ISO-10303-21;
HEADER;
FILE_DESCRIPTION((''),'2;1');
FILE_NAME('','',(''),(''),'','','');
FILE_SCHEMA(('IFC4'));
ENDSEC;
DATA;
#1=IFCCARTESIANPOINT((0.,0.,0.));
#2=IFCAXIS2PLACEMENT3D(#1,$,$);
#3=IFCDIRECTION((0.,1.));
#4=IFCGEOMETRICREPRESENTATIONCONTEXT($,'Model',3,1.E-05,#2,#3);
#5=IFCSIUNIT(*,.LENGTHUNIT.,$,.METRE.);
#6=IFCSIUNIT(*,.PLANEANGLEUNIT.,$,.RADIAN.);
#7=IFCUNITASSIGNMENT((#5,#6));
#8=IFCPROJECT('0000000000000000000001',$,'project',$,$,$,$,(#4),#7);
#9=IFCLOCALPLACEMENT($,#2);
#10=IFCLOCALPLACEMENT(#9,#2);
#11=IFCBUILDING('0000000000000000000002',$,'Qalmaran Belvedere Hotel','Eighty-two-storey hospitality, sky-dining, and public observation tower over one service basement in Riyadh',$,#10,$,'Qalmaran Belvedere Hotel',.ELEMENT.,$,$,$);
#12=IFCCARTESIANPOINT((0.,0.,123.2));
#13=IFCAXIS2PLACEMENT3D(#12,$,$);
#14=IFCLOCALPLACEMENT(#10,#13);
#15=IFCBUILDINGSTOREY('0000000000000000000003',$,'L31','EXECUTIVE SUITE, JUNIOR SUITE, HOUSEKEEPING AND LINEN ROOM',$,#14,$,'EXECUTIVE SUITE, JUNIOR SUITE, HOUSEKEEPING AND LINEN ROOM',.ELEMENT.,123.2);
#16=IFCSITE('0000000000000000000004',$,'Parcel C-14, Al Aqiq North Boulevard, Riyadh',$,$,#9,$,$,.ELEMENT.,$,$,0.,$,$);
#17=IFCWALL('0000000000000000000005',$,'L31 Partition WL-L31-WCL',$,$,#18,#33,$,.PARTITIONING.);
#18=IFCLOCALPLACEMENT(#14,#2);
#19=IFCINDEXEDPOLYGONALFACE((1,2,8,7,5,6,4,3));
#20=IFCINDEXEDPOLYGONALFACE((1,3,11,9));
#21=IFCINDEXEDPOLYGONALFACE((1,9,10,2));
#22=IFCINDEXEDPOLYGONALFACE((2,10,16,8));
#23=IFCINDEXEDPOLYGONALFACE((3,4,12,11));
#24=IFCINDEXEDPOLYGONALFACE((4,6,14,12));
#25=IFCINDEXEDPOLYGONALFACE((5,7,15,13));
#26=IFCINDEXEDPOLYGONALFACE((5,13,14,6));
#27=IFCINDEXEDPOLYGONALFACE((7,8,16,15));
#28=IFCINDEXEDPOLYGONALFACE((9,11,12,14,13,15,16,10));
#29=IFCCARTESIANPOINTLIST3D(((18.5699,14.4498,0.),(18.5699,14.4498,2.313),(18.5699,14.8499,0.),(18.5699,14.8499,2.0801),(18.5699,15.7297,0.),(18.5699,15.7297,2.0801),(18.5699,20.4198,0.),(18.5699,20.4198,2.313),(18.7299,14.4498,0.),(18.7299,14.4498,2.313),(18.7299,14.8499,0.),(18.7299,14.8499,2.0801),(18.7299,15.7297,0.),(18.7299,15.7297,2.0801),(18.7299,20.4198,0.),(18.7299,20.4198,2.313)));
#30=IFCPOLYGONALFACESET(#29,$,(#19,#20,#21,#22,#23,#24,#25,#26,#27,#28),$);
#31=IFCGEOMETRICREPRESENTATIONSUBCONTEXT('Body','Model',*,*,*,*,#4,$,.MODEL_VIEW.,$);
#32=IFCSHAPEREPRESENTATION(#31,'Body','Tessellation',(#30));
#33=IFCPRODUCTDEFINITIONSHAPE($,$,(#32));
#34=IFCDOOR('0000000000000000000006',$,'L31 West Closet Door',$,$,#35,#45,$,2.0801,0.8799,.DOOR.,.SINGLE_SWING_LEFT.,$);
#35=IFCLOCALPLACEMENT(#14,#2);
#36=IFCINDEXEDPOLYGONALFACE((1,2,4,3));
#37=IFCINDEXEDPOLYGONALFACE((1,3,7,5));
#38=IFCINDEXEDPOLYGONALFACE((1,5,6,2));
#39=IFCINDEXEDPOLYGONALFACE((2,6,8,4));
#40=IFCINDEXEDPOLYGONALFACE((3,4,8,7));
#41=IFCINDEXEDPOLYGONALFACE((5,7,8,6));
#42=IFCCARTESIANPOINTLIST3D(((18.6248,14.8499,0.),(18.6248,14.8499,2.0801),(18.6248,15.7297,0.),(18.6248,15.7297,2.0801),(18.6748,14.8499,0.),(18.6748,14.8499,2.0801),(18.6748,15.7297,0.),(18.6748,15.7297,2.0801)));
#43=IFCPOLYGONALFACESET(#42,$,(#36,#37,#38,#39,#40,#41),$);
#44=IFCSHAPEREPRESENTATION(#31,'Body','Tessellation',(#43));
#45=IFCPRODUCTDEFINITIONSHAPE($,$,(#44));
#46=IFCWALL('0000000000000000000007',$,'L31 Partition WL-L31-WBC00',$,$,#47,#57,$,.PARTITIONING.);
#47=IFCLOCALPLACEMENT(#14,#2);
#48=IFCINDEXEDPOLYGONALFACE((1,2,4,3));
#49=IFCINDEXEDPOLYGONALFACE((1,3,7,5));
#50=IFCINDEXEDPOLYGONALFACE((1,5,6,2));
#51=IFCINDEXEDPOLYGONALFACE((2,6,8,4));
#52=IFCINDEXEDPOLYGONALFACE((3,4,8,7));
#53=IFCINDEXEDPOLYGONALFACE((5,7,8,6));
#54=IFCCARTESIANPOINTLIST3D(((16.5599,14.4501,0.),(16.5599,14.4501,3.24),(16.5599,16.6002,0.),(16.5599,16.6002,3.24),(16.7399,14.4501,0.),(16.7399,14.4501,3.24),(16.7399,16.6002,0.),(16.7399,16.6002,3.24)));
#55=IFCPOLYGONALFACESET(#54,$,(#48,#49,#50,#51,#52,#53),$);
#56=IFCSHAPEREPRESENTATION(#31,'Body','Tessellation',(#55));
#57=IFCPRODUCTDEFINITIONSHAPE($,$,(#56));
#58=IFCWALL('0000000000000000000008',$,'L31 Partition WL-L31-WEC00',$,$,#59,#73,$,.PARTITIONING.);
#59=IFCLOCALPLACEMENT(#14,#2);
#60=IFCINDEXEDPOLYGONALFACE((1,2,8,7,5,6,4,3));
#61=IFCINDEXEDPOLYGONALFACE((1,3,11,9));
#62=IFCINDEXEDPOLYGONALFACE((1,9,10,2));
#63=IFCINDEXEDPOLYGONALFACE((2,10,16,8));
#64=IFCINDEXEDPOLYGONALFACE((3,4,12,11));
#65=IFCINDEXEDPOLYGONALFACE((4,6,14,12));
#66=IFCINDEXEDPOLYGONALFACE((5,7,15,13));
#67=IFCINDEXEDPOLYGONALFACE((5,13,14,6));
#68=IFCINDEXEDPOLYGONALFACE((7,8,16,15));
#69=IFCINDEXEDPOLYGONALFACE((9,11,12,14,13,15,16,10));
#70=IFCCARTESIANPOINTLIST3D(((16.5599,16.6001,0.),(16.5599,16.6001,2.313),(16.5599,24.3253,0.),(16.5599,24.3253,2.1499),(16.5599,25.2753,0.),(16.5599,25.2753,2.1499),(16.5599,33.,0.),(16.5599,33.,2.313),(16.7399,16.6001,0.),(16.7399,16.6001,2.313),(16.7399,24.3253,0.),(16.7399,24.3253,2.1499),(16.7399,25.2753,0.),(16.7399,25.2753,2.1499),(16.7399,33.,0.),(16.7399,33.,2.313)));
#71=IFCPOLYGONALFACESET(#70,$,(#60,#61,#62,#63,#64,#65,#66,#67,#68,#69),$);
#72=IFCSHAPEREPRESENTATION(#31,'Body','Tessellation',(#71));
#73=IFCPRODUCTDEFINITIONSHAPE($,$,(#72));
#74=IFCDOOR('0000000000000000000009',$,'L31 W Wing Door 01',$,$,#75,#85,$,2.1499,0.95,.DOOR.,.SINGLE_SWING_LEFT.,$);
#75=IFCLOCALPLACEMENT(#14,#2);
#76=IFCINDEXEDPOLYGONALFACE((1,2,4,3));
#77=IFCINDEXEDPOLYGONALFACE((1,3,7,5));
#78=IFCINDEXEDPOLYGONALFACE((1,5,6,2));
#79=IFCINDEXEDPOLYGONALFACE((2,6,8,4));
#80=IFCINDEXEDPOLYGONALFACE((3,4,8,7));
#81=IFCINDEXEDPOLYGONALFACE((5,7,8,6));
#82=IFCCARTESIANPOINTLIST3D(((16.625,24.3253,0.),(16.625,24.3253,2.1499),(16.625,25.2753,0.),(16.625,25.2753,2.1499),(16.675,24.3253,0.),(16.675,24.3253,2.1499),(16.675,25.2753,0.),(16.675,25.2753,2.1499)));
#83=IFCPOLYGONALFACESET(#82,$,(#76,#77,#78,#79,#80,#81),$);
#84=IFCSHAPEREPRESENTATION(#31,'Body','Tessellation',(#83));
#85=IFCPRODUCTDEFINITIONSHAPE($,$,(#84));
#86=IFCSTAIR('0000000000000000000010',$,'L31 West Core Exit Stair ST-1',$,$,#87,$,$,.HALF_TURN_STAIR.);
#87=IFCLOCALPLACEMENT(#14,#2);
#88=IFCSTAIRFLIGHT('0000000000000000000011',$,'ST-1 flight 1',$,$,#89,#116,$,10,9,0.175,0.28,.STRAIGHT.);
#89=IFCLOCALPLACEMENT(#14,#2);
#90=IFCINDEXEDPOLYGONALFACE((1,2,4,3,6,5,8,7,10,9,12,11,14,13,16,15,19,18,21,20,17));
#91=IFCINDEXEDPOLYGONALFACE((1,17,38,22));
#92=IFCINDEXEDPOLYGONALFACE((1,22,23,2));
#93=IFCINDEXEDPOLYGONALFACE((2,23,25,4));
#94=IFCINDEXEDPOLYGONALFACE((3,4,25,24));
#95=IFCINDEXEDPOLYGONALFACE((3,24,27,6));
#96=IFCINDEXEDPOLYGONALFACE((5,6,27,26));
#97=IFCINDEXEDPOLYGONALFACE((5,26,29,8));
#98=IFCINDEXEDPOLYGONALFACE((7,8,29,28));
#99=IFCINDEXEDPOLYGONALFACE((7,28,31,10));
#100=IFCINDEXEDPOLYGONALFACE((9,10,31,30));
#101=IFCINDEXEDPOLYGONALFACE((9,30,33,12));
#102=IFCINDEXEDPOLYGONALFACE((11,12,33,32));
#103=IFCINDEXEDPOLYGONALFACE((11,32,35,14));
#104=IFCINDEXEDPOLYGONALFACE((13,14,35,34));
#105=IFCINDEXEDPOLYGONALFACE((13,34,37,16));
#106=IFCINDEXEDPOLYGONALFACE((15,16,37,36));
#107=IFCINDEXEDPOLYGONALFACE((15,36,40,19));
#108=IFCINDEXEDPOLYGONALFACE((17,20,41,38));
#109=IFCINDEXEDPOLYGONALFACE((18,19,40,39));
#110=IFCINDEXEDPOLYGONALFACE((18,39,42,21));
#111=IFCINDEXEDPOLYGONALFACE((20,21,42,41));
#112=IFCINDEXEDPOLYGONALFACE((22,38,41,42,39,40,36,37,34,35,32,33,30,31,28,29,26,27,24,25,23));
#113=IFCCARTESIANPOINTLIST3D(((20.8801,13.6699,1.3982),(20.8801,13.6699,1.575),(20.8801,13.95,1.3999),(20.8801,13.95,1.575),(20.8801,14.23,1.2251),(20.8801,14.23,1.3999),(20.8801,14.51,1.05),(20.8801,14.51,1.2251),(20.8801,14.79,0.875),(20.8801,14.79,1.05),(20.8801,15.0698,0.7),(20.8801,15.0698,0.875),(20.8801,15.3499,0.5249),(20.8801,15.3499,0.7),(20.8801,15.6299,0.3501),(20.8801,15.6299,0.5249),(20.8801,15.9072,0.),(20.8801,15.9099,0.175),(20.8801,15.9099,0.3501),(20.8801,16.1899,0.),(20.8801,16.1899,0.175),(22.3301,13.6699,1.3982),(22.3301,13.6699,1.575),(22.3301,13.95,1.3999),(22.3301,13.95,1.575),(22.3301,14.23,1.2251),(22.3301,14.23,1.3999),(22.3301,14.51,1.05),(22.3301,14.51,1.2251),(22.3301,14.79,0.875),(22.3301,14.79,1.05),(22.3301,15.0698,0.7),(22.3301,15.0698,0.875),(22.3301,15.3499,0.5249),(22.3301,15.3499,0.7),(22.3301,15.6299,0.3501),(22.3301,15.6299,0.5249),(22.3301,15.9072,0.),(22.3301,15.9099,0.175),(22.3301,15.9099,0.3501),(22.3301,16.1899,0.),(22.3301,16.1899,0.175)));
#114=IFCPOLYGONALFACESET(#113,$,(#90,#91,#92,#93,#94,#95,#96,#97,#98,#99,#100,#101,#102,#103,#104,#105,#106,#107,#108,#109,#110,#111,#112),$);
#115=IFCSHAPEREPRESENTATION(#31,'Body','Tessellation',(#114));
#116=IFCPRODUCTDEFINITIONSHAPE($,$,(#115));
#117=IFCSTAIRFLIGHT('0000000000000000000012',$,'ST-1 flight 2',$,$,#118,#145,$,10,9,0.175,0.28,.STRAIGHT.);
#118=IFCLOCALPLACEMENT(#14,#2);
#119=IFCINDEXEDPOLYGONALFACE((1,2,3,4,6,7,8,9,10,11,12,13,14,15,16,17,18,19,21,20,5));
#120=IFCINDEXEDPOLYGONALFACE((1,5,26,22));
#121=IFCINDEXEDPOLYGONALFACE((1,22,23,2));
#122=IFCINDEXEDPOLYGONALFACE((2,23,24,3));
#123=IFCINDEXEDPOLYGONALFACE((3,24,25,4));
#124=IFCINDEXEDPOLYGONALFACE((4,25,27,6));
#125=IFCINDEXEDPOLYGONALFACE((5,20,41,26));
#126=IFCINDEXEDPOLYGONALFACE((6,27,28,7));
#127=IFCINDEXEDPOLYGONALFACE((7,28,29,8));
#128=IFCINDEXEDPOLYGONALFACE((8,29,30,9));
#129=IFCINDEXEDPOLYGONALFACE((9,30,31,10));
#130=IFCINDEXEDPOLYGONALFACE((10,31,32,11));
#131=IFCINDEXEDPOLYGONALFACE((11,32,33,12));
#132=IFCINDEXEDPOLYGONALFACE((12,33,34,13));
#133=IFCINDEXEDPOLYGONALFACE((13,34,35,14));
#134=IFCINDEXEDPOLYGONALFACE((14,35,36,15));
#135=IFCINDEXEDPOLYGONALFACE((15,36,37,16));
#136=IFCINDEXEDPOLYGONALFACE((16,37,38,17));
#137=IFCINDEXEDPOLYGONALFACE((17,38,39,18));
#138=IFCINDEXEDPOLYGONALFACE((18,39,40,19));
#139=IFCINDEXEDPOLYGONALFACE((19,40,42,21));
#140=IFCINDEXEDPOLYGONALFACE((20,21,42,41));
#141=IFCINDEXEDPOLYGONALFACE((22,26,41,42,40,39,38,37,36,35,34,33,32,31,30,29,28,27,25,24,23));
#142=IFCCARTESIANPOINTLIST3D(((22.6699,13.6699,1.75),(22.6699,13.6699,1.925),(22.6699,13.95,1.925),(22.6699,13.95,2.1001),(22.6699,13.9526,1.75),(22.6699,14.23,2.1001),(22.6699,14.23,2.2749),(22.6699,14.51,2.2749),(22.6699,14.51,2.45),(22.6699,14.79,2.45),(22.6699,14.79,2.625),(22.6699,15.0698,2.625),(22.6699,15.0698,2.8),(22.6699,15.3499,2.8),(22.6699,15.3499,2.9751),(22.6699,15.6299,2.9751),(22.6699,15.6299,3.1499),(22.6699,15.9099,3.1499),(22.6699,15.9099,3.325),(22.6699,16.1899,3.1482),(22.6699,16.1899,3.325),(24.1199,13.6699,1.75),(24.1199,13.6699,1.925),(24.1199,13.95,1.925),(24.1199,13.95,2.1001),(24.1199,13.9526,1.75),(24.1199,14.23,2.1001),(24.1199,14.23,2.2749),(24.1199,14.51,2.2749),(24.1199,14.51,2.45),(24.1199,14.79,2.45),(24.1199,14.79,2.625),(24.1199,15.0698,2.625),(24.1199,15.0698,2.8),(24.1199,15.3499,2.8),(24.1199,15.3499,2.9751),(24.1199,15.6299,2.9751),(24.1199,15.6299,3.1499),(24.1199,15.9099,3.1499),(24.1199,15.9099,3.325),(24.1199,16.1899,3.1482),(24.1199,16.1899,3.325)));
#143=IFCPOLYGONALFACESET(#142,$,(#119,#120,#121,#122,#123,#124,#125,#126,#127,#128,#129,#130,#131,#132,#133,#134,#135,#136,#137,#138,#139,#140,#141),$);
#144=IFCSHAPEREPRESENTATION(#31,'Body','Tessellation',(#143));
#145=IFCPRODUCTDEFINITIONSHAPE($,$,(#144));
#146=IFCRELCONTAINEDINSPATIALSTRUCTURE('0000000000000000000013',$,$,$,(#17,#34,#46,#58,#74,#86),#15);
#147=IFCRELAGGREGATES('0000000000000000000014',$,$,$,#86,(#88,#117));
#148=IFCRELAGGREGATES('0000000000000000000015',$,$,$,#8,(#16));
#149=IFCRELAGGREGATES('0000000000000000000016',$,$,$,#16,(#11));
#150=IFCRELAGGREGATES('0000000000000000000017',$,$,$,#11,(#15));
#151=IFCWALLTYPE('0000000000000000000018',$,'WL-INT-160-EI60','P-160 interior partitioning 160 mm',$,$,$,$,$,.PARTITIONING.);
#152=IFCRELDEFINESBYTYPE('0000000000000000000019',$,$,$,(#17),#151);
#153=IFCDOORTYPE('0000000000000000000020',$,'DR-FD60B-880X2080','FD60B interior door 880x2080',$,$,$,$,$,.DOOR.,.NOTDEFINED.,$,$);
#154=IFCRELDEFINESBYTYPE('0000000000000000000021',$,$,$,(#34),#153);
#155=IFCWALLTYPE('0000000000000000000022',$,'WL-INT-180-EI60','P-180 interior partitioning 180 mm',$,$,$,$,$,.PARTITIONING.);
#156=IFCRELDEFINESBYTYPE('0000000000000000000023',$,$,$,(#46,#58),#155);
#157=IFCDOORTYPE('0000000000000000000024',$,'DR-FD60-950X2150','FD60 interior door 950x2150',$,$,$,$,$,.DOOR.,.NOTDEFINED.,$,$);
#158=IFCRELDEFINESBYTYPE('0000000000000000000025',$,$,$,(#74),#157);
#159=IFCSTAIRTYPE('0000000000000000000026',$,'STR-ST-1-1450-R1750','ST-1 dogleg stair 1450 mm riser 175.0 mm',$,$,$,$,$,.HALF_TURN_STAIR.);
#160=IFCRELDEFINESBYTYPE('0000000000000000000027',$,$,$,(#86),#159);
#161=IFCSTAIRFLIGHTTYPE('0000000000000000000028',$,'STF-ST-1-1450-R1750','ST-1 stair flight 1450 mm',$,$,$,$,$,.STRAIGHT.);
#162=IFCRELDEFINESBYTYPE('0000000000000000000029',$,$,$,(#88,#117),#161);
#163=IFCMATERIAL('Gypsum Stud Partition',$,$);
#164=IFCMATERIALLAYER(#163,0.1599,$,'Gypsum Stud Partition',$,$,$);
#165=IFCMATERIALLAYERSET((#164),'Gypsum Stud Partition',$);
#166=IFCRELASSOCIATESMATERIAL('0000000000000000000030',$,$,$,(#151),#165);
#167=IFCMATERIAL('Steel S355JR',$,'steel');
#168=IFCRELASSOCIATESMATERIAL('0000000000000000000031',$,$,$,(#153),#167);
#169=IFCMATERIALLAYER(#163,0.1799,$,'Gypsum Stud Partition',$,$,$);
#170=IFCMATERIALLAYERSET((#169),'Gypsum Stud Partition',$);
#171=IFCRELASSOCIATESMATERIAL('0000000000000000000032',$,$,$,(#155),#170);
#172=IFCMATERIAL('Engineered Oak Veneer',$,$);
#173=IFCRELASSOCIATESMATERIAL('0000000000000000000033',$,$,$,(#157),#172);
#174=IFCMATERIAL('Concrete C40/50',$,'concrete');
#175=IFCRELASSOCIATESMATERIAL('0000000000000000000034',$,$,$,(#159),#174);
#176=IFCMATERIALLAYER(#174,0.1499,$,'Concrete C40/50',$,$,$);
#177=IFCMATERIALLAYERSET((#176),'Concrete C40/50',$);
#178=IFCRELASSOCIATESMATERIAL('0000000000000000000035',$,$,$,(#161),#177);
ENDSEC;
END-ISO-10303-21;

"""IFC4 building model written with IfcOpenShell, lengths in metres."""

from ifc_helpers import new_model, si_unit, direction, frame, frame_2d, origin, place, context, subcontext, project, spatial, polyline, rectangle, outline, extrude, material, layer, layer_set, type_object, element, fill, aggregate, save


model = new_model("IFC4")

# Units and contexts
model_context = context("Model", 3, precision=1e-05, world=origin(), true_north=direction((0.0, 1.0)))
body_context = subcontext(model_context, "Body", "Model", "MODEL_VIEW")
ifc_project = project(units=[si_unit("LENGTHUNIT", "METRE"), si_unit("PLANEANGLEUNIT", "RADIAN")], contexts=[model_context])

# Site, building, storey
site_placement = place(None, origin())
site = spatial("IfcSite", under=ifc_project, at=site_placement, Name="Parcel C-14, Al Aqiq North Boulevard, Riyadh", CompositionType="ELEMENT", RefElevation=0.0)
building_placement = place(site_placement, origin())
building = spatial("IfcBuilding", under=site, at=building_placement, Name="Qalmaran Belvedere Hotel", Description="Eighty-two-storey hospitality, sky-dining, and public observation tower over one service basement in Riyadh", LongName="Qalmaran Belvedere Hotel", CompositionType="ELEMENT")
storey_placement = place(building_placement, frame((0.0, 0.0, 123.2)))
storey = spatial("IfcBuildingStorey", under=building, at=storey_placement, Name="L31", Description="EXECUTIVE SUITE, JUNIOR SUITE, HOUSEKEEPING AND LINEN ROOM", LongName="EXECUTIVE SUITE, JUNIOR SUITE, HOUSEKEEPING AND LINEN ROOM", CompositionType="ELEMENT", Elevation=123.2)

# Shared definitions
ifc_material_1 = material(Name="Gypsum Stud Partition")

# Wall, opening, door
ifc_layer_1 = layer(ifc_material_1, 0.1599, Name="Gypsum Stud Partition")
ifc_layer_set_1 = layer_set([ifc_layer_1], Name="Gypsum Stud Partition")
wall_type_1 = type_object("IfcWallType", Name="WL-INT-160-EI60", Description="P-160 interior partitioning 160 mm", PredefinedType="PARTITIONING", material=ifc_layer_set_1)
ifc_material_2 = material(Name="Steel S355JR", Category="steel")
door_type_1 = type_object("IfcDoorType", Name="DR-FD60B-880X2080", Description="FD60B interior door 880x2080", OperationType="NOTDEFINED", PredefinedType="DOOR", material=ifc_material_2)
ifc_material_3 = material(Name="Engineered Oak Veneer")
wall_1_placement = place(storey_placement, frame((18.6499, 14.45, 0.0), z_axis=(0.0, 0.0, 1.0), x_axis=(0.0, 1.0, 0.0)))
wall_1 = element("IfcWall", 1, at=wall_1_placement, inside=storey, type_object=wall_type_1, Name="L31 Partition WL-L31-WCL", PredefinedType="PARTITIONING", context=body_context, shape_type="SweptSolid", body=[
    extrude(rectangle(XDim=5.97, YDim=0.1599, at=frame_2d((2.9849, 0.0))), origin(), (0.0, 0.0, 1.0), 2.313),
])
opening_1_placement = place(wall_1_placement, frame((1.2798, 0.0, 0.0), z_axis=(0.0, 0.0, 1.0), x_axis=(-1.0, 0.0, 0.0)))
opening_1 = element("IfcOpeningElement", 2, at=opening_1_placement, cuts=wall_1, PredefinedType="OPENING", context=body_context, shape_type="SweptSolid", body=[
    extrude(rectangle(XDim=0.8799, YDim=2.0801, at=frame_2d((0.4399, 1.04))), frame((0.0, 0.0898, 0.0), z_axis=(0.0, -1.0, 0.0), x_axis=(1.0, 0.0, 0.0)), (0.0, 0.0, 1.0), 0.1799),
])
door_1_placement = place(opening_1_placement, origin())
door_1 = element("IfcDoor", 3, at=door_1_placement, inside=storey, type_object=door_type_1, Name="L31 West Closet Door", OperationType="SINGLE_SWING_LEFT", OverallHeight=2.0801, OverallWidth=0.8799, PredefinedType="DOOR", context=body_context, shape_type="SweptSolid", body=[
    extrude(rectangle(XDim=0.8799, YDim=2.0801, at=frame_2d((0.4399, 1.04))), frame((0.0, 0.0249, 0.0), z_axis=(0.0, -1.0, 0.0), x_axis=(1.0, 0.0, 0.0)), (0.0, 0.0, 1.0), 0.05),
])
fill(opening_1, door_1)

# Wall
ifc_layer_2 = layer(ifc_material_1, 0.1799, Name="Gypsum Stud Partition")
ifc_layer_set_2 = layer_set([ifc_layer_2], Name="Gypsum Stud Partition")
wall_type_2 = type_object("IfcWallType", Name="WL-INT-180-EI60", Description="P-180 interior partitioning 180 mm", PredefinedType="PARTITIONING", material=ifc_layer_set_2)
wall_2_placement = place(storey_placement, frame((16.6499, 14.45, 0.0), z_axis=(0.0, 0.0, 1.0), x_axis=(0.0, 1.0, 0.0)))
element("IfcWall", 4, at=wall_2_placement, inside=storey, type_object=wall_type_2, Name="L31 Partition WL-L31-WBC00", PredefinedType="PARTITIONING", context=body_context, shape_type="SweptSolid", body=[
    extrude(rectangle(XDim=2.1501, YDim=0.1799, at=frame_2d((1.0752, 0.0))), origin(), (0.0, 0.0, 1.0), 3.24),
])

# Wall, opening, door
wall_3_placement = place(storey_placement, frame((16.6499, 16.6001, 0.0), z_axis=(0.0, 0.0, 1.0), x_axis=(0.0, 1.0, 0.0)))
wall_3 = element("IfcWall", 5, at=wall_3_placement, inside=storey, type_object=wall_type_2, Name="L31 Partition WL-L31-WEC00", PredefinedType="PARTITIONING", context=body_context, shape_type="SweptSolid", body=[
    extrude(rectangle(XDim=16.3999, YDim=0.1799, at=frame_2d((8.2, 0.0))), origin(), (0.0, 0.0, 1.0), 2.313),
])
opening_2_placement = place(wall_3_placement, frame((7.7251, 0.0, 0.0)))
opening_2 = element("IfcOpeningElement", 6, at=opening_2_placement, cuts=wall_3, PredefinedType="OPENING", context=body_context, shape_type="SweptSolid", body=[
    extrude(rectangle(XDim=0.95, YDim=2.1499, at=frame_2d((0.4751, 1.075))), frame((0.0, 0.1001, 0.0), z_axis=(0.0, -1.0, 0.0), x_axis=(1.0, 0.0, 0.0)), (0.0, 0.0, 1.0), 0.2),
])
door_type_2 = type_object("IfcDoorType", Name="DR-FD60-950X2150", Description="FD60 interior door 950x2150", OperationType="NOTDEFINED", PredefinedType="DOOR", material=ifc_material_3)
door_2_placement = place(opening_2_placement, origin())
door_2 = element("IfcDoor", 7, at=door_2_placement, inside=storey, type_object=door_type_2, Name="L31 W Wing Door 01", OperationType="SINGLE_SWING_LEFT", OverallHeight=2.1499, OverallWidth=0.95, PredefinedType="DOOR", context=body_context, shape_type="SweptSolid", body=[
    extrude(rectangle(XDim=0.95, YDim=2.1499, at=frame_2d((0.4751, 1.075))), frame((0.0, 0.0249, 0.0), z_axis=(0.0, -1.0, 0.0), x_axis=(1.0, 0.0, 0.0)), (0.0, 0.0, 1.0), 0.05),
])
fill(opening_2, door_2)

# Stair, stair flights
ifc_material_4 = material(Name="Concrete C40/50", Category="concrete")
stair_type = type_object("IfcStairType", Name="STR-ST-1-1450-R1750", Description="ST-1 dogleg stair 1450 mm riser 175.0 mm", PredefinedType="HALF_TURN_STAIR", material=ifc_material_4)
stair_placement = place(storey_placement, origin())
stair = element("IfcStair", 8, at=stair_placement, inside=storey, type_object=stair_type, Name="L31 West Core Exit Stair ST-1", PredefinedType="HALF_TURN_STAIR")
ifc_layer_3 = layer(ifc_material_4, 0.1499, Name="Concrete C40/50")
ifc_layer_set_3 = layer_set([ifc_layer_3], Name="Concrete C40/50")
stair_flight_type = type_object("IfcStairFlightType", Name="STF-ST-1-1450-R1750", Description="ST-1 stair flight 1450 mm", PredefinedType="STRAIGHT", material=ifc_layer_set_3)
stair_flight_1_placement = place(storey_placement, frame((21.605, 16.1899, 0.0), z_axis=(0.0, 0.0, 1.0), x_axis=(0.0, -1.0, 0.0)))
stair_flight_1 = element("IfcStairFlight", 9, at=stair_flight_1_placement, type_object=stair_flight_type, Name="ST-1 flight 1", NumberOfRisers=10, NumberOfTreads=9, PredefinedType="STRAIGHT", RiserHeight=0.175, TreadLength=0.28, context=body_context, shape_type="SweptSolid", body=[
    extrude(outline(polyline([(0.0, 0.0), (0.0, 0.175), (0.28, 0.175), (0.28, 0.3501), (0.5601, 0.3501), (0.5601, 0.5249), (0.8401, 0.5249), (0.8401, 0.7), (1.1201, 0.7), (1.1201, 0.875), (1.3999, 0.875), (1.3999, 1.05), (1.6799, 1.05), (1.6799, 1.2251), (1.96, 1.2251), (1.96, 1.3999), (2.24, 1.3999), (2.24, 1.575), (2.52, 1.575), (2.52, 1.75), (2.52, 1.3982), (0.2827, 0.0), (0.0, 0.0)])), frame((0.0, 0.7251, 0.0), z_axis=(0.0, -1.0, 0.0), x_axis=(1.0, 0.0, 0.0)), (0.0, 0.0, 1.0), 1.45),
])
stair_flight_2_placement = place(storey_placement, frame((23.395, 13.6699, 1.75), z_axis=(0.0, 0.0, 1.0), x_axis=(0.0, 1.0, 0.0)))
stair_flight_2 = element("IfcStairFlight", 10, at=stair_flight_2_placement, type_object=stair_flight_type, Name="ST-1 flight 2", NumberOfRisers=10, NumberOfTreads=9, PredefinedType="STRAIGHT", RiserHeight=0.175, TreadLength=0.28, context=body_context, shape_type="SweptSolid", body=[
    extrude(outline(polyline([(0.0, 0.0), (0.0, 0.175), (0.28, 0.175), (0.28, 0.3501), (0.5601, 0.3501), (0.5601, 0.5249), (0.8401, 0.5249), (0.8401, 0.7), (1.1201, 0.7), (1.1201, 0.875), (1.3999, 0.875), (1.3999, 1.05), (1.6799, 1.05), (1.6799, 1.2251), (1.96, 1.2251), (1.96, 1.3999), (2.24, 1.3999), (2.24, 1.575), (2.52, 1.575), (2.52, 1.75), (2.52, 1.3982), (0.2827, 0.0), (0.0, 0.0)])), frame((0.0, 0.7251, 0.0), z_axis=(0.0, -1.0, 0.0), x_axis=(1.0, 0.0, 0.0)), (0.0, 0.0, 1.0), 1.45),
])
aggregate(stair, [stair_flight_1, stair_flight_2])

save(model, "model.ifc")
